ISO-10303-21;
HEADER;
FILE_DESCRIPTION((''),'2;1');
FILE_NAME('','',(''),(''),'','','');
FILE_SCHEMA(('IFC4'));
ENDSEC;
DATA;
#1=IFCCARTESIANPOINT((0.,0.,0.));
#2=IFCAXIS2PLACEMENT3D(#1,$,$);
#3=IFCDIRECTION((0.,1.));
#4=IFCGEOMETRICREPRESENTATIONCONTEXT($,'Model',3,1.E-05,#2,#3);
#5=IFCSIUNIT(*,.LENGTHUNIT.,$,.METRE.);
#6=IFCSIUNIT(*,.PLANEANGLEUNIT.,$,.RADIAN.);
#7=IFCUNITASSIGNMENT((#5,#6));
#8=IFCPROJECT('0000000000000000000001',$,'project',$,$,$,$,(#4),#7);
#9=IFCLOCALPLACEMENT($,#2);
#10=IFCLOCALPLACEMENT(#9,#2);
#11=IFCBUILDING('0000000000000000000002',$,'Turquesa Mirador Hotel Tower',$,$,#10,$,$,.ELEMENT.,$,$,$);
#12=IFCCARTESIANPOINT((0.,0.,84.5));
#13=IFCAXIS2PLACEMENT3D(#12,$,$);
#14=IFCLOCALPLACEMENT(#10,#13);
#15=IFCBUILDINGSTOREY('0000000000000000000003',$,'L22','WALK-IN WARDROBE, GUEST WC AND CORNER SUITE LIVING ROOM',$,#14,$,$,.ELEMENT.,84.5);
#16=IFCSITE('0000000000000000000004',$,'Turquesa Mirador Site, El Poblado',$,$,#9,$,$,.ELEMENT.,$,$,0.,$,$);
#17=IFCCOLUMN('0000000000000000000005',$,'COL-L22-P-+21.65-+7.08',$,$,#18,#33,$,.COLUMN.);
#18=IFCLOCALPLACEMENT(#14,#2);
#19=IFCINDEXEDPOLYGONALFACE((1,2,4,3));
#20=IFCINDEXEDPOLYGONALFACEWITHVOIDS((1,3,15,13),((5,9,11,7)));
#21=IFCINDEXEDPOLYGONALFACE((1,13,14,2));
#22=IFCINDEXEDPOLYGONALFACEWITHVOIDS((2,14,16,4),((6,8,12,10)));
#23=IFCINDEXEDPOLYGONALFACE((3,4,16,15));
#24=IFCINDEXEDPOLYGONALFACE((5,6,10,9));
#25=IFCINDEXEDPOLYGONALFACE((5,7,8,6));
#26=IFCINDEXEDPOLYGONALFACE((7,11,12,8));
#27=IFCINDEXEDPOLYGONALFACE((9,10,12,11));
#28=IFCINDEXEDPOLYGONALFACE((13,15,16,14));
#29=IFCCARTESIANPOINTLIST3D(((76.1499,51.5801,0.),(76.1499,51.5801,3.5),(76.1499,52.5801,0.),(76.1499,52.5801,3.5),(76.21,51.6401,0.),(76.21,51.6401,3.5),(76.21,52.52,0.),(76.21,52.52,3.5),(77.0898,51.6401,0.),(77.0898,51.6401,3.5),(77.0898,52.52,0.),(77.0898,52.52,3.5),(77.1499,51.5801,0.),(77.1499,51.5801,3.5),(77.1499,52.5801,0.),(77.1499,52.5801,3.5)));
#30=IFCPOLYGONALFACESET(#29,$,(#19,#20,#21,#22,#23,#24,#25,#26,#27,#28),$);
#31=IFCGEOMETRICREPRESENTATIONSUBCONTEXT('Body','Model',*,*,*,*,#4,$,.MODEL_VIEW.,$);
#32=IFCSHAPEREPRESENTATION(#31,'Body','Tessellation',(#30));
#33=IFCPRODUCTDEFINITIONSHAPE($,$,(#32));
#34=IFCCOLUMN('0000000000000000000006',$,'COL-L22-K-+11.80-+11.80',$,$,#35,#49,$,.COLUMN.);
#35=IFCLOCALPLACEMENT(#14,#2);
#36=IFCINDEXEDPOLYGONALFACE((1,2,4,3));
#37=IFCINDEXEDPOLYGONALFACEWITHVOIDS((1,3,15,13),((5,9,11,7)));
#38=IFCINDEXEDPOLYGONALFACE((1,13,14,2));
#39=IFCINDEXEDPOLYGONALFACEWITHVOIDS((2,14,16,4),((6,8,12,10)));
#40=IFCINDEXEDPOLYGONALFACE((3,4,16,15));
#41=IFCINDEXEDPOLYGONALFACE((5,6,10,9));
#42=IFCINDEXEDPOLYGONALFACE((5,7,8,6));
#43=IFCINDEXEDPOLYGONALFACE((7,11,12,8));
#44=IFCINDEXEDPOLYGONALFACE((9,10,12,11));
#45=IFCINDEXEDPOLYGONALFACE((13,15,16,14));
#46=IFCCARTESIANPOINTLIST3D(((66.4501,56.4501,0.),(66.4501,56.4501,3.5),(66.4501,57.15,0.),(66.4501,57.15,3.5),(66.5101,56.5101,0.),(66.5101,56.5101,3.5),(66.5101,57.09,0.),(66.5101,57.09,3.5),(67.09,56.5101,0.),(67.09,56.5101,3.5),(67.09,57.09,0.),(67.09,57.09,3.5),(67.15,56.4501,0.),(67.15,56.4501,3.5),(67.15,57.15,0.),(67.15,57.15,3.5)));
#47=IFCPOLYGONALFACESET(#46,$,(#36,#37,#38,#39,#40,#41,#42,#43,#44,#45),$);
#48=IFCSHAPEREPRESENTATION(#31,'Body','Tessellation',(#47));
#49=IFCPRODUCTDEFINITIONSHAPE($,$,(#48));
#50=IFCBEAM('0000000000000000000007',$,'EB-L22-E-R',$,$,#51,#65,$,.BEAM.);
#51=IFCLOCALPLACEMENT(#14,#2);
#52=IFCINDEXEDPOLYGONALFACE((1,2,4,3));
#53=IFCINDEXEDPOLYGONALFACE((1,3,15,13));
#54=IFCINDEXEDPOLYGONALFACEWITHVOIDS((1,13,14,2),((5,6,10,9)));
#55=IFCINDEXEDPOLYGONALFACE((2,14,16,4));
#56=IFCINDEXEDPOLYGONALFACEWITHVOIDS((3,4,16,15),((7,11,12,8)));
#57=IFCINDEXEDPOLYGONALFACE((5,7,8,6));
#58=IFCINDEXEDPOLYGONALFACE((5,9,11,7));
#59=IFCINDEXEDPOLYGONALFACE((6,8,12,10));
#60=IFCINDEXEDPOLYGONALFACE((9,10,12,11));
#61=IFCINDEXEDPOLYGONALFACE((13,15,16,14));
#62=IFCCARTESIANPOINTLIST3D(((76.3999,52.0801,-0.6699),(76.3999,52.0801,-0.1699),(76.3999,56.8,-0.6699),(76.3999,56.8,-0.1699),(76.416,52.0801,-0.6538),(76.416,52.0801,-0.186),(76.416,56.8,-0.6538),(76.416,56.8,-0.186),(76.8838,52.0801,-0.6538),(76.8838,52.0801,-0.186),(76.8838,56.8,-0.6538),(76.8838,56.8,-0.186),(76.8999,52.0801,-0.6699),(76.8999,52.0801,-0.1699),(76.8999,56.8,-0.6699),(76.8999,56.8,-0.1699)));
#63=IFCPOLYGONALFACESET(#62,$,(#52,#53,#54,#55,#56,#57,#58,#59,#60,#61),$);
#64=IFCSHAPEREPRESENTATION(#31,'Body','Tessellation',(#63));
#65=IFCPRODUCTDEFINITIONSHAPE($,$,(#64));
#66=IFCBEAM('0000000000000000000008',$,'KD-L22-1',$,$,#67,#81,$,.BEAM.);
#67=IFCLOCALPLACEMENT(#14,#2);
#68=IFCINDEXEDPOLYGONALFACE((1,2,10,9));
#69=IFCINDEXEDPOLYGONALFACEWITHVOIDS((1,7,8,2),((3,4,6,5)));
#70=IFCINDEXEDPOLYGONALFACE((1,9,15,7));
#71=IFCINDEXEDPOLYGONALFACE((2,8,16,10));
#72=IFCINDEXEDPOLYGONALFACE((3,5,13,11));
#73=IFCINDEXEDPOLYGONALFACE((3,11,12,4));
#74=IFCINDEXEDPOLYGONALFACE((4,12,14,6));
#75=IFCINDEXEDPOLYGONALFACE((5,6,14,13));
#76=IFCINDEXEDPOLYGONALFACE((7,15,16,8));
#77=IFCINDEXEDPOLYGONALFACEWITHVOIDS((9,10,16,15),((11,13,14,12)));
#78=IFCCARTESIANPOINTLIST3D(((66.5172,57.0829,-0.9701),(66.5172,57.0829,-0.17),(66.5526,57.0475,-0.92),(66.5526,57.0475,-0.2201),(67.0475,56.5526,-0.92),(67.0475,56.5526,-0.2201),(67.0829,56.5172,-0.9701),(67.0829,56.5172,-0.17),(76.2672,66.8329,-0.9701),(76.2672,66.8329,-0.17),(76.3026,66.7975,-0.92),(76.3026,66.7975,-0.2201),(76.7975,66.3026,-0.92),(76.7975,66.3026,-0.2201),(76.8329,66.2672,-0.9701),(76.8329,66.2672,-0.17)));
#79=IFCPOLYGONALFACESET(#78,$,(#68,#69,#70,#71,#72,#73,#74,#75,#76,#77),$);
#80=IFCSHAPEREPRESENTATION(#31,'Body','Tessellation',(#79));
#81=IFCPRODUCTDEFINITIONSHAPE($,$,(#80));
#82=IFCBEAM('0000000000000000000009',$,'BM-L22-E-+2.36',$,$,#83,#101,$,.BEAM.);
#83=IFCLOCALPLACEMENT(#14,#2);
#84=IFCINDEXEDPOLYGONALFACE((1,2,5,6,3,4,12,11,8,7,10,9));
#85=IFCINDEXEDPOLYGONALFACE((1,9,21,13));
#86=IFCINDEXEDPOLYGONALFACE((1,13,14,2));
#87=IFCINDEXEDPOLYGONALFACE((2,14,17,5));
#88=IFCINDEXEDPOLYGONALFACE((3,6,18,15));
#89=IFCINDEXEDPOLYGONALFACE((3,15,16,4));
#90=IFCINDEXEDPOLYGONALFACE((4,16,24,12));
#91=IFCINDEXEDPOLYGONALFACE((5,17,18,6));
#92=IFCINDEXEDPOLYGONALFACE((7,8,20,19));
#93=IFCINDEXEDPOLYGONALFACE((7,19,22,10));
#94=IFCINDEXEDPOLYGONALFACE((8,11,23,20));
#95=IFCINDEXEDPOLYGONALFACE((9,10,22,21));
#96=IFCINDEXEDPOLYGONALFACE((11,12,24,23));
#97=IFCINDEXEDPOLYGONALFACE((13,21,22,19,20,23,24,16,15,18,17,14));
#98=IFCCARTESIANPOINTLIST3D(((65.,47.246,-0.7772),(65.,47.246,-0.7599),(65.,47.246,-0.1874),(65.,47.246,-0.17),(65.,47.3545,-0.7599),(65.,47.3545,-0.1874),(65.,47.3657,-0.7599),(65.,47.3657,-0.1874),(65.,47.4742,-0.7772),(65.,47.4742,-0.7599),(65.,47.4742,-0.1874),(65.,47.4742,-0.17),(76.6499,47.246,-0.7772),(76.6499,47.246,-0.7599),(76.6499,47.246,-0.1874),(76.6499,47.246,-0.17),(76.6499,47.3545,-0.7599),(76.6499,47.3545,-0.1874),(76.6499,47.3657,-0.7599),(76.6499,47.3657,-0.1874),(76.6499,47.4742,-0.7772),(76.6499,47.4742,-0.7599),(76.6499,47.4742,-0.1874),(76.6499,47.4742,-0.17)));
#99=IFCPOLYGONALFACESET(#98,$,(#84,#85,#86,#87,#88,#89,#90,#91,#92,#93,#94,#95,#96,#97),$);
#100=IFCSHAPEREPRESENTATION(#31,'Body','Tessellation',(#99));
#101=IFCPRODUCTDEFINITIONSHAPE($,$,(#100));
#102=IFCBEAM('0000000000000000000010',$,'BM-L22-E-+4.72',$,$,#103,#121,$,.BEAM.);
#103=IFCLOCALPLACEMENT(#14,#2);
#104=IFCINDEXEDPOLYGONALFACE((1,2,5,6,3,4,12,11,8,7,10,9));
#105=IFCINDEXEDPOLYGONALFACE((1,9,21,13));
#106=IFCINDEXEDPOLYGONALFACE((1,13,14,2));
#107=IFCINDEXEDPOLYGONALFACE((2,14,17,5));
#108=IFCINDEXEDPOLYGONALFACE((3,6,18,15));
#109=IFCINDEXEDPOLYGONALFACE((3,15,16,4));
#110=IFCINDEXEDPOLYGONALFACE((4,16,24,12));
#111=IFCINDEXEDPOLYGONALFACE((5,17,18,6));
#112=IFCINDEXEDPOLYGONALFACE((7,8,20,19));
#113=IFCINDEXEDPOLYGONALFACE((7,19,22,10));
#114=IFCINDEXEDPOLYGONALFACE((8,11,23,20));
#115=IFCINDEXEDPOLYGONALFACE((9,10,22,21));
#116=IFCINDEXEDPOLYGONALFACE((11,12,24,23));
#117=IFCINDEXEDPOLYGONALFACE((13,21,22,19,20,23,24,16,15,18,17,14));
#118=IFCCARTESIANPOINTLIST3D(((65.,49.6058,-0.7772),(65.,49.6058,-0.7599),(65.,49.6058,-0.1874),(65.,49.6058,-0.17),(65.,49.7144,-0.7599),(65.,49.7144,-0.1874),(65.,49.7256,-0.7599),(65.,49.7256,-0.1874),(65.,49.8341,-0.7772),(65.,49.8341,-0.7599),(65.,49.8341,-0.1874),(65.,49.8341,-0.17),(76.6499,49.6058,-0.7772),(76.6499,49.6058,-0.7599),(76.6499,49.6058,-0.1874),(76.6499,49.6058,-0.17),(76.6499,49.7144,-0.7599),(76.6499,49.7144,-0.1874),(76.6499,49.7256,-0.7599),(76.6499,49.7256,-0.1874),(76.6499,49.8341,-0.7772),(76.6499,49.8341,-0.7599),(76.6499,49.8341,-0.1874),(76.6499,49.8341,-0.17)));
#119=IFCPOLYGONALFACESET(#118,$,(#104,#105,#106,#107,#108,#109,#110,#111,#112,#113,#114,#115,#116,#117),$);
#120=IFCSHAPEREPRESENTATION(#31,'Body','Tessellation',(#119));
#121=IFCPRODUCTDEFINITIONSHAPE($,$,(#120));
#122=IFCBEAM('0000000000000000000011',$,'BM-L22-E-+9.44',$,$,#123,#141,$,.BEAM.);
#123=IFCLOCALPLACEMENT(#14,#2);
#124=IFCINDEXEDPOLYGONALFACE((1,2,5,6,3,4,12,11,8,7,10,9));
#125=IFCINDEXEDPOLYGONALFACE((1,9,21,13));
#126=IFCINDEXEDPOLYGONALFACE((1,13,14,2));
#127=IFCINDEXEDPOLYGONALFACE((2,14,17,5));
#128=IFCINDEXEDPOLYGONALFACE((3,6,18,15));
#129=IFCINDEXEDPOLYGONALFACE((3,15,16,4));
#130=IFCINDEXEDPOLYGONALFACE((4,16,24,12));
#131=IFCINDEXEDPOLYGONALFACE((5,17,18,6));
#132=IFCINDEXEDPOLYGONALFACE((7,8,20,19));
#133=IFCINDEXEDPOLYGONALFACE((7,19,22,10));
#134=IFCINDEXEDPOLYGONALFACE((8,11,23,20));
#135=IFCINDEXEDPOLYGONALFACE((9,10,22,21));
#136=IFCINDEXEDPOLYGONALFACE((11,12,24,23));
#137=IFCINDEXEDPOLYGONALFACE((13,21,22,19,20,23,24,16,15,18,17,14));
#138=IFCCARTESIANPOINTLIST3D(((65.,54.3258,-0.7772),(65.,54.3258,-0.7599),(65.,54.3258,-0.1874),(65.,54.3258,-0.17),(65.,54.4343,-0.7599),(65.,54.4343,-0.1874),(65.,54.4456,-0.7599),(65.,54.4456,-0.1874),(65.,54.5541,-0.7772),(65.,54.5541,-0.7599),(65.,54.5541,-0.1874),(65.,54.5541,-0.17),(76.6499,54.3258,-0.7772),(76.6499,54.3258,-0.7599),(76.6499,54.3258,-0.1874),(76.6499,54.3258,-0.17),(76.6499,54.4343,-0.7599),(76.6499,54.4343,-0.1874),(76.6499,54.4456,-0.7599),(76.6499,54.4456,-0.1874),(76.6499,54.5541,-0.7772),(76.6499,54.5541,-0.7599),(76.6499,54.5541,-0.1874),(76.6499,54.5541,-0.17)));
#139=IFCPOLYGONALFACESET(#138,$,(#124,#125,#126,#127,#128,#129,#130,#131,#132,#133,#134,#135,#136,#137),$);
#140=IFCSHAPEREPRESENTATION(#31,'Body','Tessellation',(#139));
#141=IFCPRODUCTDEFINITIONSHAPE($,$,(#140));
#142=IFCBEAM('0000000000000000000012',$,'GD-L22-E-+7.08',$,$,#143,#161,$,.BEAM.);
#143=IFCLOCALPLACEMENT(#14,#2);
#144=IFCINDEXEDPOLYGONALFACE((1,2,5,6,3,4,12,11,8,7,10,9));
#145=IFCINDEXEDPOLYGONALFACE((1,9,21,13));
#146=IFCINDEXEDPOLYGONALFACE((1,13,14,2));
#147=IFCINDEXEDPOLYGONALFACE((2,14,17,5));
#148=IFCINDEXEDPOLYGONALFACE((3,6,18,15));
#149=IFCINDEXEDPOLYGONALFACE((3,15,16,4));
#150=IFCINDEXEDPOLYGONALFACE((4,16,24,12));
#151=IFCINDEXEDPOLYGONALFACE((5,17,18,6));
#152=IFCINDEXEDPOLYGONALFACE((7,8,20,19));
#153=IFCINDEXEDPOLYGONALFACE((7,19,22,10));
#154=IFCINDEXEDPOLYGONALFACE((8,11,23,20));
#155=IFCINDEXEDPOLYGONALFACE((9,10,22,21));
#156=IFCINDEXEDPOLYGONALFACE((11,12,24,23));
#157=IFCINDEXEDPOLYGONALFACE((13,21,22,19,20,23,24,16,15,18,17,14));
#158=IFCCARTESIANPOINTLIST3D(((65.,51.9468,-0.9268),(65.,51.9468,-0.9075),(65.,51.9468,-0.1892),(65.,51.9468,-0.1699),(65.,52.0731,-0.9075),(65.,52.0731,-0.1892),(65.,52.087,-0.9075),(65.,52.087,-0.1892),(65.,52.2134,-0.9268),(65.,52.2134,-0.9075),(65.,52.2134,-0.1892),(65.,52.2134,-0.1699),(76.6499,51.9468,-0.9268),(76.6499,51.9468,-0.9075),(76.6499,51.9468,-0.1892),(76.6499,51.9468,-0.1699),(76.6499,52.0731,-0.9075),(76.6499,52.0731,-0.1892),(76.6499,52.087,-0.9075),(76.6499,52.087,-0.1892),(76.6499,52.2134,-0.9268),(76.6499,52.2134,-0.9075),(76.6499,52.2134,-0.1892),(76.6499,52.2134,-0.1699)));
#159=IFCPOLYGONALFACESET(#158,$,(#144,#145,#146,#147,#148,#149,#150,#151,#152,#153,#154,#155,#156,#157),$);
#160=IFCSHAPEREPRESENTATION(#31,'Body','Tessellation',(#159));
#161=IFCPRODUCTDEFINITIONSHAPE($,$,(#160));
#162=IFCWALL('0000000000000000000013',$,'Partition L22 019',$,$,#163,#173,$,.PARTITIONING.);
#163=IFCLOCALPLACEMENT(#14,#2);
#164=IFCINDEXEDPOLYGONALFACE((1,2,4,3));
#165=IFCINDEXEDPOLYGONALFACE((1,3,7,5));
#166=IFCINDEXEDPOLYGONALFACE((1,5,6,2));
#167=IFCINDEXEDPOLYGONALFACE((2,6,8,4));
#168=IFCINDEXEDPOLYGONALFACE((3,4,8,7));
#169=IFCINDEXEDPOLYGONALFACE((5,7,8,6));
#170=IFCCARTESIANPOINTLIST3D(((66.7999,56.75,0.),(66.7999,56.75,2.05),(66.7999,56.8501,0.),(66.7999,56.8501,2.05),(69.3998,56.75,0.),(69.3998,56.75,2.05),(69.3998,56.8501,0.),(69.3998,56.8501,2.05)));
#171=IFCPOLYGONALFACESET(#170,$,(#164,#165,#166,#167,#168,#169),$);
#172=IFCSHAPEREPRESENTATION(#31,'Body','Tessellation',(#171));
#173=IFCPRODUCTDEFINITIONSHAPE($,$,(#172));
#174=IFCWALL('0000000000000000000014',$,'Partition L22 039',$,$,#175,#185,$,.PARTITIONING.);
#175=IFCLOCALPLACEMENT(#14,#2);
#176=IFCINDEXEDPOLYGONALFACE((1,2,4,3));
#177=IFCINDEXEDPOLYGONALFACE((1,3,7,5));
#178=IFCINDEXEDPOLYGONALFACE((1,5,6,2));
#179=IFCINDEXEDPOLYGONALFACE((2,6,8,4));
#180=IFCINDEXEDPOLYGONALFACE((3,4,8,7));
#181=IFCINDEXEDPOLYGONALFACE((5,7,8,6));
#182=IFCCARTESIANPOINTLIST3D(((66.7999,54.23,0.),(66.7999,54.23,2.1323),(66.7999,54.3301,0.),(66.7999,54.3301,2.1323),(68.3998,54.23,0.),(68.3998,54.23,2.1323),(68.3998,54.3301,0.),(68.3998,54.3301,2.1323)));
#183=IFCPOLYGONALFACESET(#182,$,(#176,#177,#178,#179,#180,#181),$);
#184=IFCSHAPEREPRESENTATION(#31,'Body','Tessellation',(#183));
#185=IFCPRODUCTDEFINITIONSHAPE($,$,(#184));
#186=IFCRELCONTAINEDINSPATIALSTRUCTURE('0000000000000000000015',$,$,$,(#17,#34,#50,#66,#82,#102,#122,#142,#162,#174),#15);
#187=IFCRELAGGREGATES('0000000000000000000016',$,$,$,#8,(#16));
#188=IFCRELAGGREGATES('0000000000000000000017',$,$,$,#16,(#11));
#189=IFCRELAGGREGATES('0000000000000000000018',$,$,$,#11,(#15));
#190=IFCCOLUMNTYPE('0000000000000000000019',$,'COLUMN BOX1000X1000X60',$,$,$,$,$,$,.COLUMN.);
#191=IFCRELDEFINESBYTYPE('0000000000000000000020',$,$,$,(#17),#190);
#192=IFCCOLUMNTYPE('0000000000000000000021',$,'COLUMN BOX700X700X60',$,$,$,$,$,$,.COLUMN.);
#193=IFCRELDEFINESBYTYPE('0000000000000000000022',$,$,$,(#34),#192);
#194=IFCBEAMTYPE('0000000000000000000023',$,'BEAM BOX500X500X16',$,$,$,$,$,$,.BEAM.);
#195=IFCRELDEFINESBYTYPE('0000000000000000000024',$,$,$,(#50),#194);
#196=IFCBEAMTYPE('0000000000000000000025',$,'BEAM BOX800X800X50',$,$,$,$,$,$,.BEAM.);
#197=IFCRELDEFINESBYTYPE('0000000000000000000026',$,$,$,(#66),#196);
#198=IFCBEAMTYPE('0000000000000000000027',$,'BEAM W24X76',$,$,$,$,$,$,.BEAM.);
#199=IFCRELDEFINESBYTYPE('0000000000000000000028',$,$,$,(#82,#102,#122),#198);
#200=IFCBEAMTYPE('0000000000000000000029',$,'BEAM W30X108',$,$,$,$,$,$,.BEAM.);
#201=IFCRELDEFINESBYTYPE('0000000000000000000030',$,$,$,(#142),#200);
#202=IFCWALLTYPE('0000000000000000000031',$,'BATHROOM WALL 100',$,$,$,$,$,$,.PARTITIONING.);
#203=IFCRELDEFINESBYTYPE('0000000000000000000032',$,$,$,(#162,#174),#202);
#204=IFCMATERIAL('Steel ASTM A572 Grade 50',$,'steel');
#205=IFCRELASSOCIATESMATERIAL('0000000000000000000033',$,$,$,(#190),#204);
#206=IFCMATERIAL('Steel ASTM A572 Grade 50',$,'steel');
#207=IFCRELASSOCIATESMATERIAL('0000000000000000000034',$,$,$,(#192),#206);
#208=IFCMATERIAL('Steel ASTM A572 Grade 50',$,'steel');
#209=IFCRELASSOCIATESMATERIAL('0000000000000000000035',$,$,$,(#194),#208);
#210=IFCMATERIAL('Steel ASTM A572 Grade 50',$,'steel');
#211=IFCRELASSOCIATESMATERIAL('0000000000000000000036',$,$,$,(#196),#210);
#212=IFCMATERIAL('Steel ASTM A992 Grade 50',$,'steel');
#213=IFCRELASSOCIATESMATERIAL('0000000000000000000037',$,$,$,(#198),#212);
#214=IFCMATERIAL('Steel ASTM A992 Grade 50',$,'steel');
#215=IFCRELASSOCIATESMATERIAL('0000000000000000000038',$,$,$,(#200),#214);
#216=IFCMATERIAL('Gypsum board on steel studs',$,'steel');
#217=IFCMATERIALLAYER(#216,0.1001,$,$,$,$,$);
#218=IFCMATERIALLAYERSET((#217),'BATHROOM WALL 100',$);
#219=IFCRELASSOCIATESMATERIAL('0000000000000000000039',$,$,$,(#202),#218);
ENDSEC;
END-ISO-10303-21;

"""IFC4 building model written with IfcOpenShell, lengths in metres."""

from ifc_helpers import new_model, si_unit, direction, frame, frame_2d, origin, origin_2d, place, context, subcontext, project, spatial, rectangle, hollow_rectangle, i_section, extrude, material, layer, layer_set, material_profile, profile_set, type_object, element, save


model = new_model("IFC4")

# Units and contexts
model_context = context("Model", 3, precision=1e-05, world=origin(), true_north=direction((0.0, 1.0)))
body_context = subcontext(model_context, "Body", "Model", "MODEL_VIEW")
ifc_project = project(units=[si_unit("LENGTHUNIT", "METRE"), si_unit("PLANEANGLEUNIT", "RADIAN")], contexts=[model_context])

# Site, building, storey
site_placement = place(None, origin())
site = spatial("IfcSite", under=ifc_project, at=site_placement, Name="Turquesa Mirador Site, El Poblado", CompositionType="ELEMENT", RefElevation=0.0)
building_placement = place(site_placement, origin())
building = spatial("IfcBuilding", under=site, at=building_placement, Name="Turquesa Mirador Hotel Tower", CompositionType="ELEMENT")
storey_placement = place(building_placement, frame((0.0, 0.0, 84.5)))
storey = spatial("IfcBuildingStorey", under=building, at=storey_placement, Name="L22", Description="WALK-IN WARDROBE, GUEST WC AND CORNER SUITE LIVING ROOM", CompositionType="ELEMENT", Elevation=84.5)

# Columns
ifc_material_1 = material(Name="Steel ASTM A572 Grade 50", Category="steel")
ifc_material_profile_1 = material_profile(ifc_material_1, hollow_rectangle(XDim=1.0, YDim=1.0, WallThickness=0.0601, at=origin_2d()), Name="BOX1000X1000X60")
ifc_profile_set_1 = profile_set([ifc_material_profile_1], Name="Steel ASTM A572 Grade 50")
column_type_1 = type_object("IfcColumnType", Name="COLUMN BOX1000X1000X60", PredefinedType="COLUMN", material=ifc_profile_set_1)
column_1_placement = place(storey_placement, frame((76.6499, 52.0801, 0.0), z_axis=(0.0, 0.0, 1.0), x_axis=(1.0, 0.0, 0.0)))
element("IfcColumn", 1, at=column_1_placement, inside=storey, type_object=column_type_1, Name="COL-L22-P-+21.65-+7.08", PredefinedType="COLUMN", context=body_context, shape_type="SweptSolid", body=[
    extrude(hollow_rectangle(XDim=1.0, YDim=1.0, WallThickness=0.0601, at=origin_2d()), origin(), (0.0, 0.0, 1.0), 3.5),
])
ifc_material_2 = material(Name="Steel ASTM A572 Grade 50", Category="steel")
ifc_material_profile_2 = material_profile(ifc_material_2, hollow_rectangle(XDim=0.7, YDim=0.7, WallThickness=0.0601, at=origin_2d()), Name="BOX700X700X60")
ifc_profile_set_2 = profile_set([ifc_material_profile_2], Name="Steel ASTM A572 Grade 50")
column_type_2 = type_object("IfcColumnType", Name="COLUMN BOX700X700X60", PredefinedType="COLUMN", material=ifc_profile_set_2)
column_2_placement = place(storey_placement, frame((66.8, 56.8, 0.0), z_axis=(0.0, 0.0, 1.0), x_axis=(1.0, 0.0, 0.0)))
element("IfcColumn", 2, at=column_2_placement, inside=storey, type_object=column_type_2, Name="COL-L22-K-+11.80-+11.80", PredefinedType="COLUMN", context=body_context, shape_type="SweptSolid", body=[
    extrude(hollow_rectangle(XDim=0.7, YDim=0.7, WallThickness=0.0601, at=origin_2d()), origin(), (0.0, 0.0, 1.0), 3.5),
])

# Beams
ifc_material_3 = material(Name="Steel ASTM A572 Grade 50", Category="steel")
ifc_material_profile_3 = material_profile(ifc_material_3, hollow_rectangle(XDim=0.5, YDim=0.5, WallThickness=0.0161, at=origin_2d()), Name="BOX500X500X16")
ifc_profile_set_3 = profile_set([ifc_material_profile_3], Name="Steel ASTM A572 Grade 50")
beam_type_1 = type_object("IfcBeamType", Name="BEAM BOX500X500X16", PredefinedType="BEAM", material=ifc_profile_set_3)
beam_1_placement = place(storey_placement, frame((76.6499, 52.0801, -0.4199), z_axis=(0.0, 1.0, 0.0), x_axis=(-1.0, 0.0, 0.0)))
element("IfcBeam", 3, at=beam_1_placement, inside=storey, type_object=beam_type_1, Name="EB-L22-E-R", PredefinedType="BEAM", context=body_context, shape_type="SweptSolid", body=[
    extrude(hollow_rectangle(XDim=0.5, YDim=0.5, WallThickness=0.0161, at=origin_2d()), origin(), (0.0, 0.0, 1.0), 4.72),
])
ifc_material_4 = material(Name="Steel ASTM A572 Grade 50", Category="steel")
ifc_material_profile_4 = material_profile(ifc_material_4, hollow_rectangle(XDim=0.8, YDim=0.8, WallThickness=0.05, at=origin_2d()), Name="BOX800X800X50")
ifc_profile_set_4 = profile_set([ifc_material_profile_4], Name="Steel ASTM A572 Grade 50")
beam_type_2 = type_object("IfcBeamType", Name="BEAM BOX800X800X50", PredefinedType="BEAM", material=ifc_profile_set_4)
beam_2_placement = place(storey_placement, frame((66.8, 56.8, -0.5701), z_axis=(0.707107, 0.707107, 0.0), x_axis=(-0.707107, 0.707107, 0.0)))
element("IfcBeam", 4, at=beam_2_placement, inside=storey, type_object=beam_type_2, Name="KD-L22-1", PredefinedType="BEAM", context=body_context, shape_type="SweptSolid", body=[
    extrude(hollow_rectangle(XDim=0.8, YDim=0.8, WallThickness=0.05, at=origin_2d()), origin(), (0.0, 0.0, 1.0), 13.7886),
])
ifc_material_5 = material(Name="Steel ASTM A992 Grade 50", Category="steel")
ifc_material_profile_5 = material_profile(ifc_material_5, i_section(OverallWidth=0.2283, OverallDepth=0.6072, WebThickness=0.0112, FlangeThickness=0.0173, at=origin_2d()), Name="W24X76")
ifc_profile_set_5 = profile_set([ifc_material_profile_5], Name="Steel ASTM A992 Grade 50")
beam_type_3 = type_object("IfcBeamType", Name="BEAM W24X76", PredefinedType="BEAM", material=ifc_profile_set_5)
for number, where, z_axis, x_axis, name in (
    (5, (76.6499, 47.3601, -0.4736), (-1.0, 0.0, 0.0), (0.0, -1.0, 0.0), "BM-L22-E-+2.36"),
    (6, (76.6499, 49.72, -0.4736), (-1.0, 0.0, 0.0), (0.0, -1.0, 0.0), "BM-L22-E-+4.72"),
    (7, (76.6499, 54.4399, -0.4736), (-1.0, 0.0, 0.0), (0.0, -1.0, 0.0), "BM-L22-E-+9.44"),
):
    element("IfcBeam", number, at=place(storey_placement, frame(where, z_axis=z_axis, x_axis=x_axis)), inside=storey, type_object=beam_type_3, Name=name, PredefinedType="BEAM", context=body_context, shape_type="SweptSolid", body=[
        extrude(i_section(OverallWidth=0.2283, OverallDepth=0.6072, WebThickness=0.0112, FlangeThickness=0.0173, at=origin_2d()), origin(), (0.0, 0.0, 1.0), 11.6499),
    ])
ifc_material_6 = material(Name="Steel ASTM A992 Grade 50", Category="steel")
ifc_material_profile_6 = material_profile(ifc_material_6, i_section(OverallWidth=0.2666, OverallDepth=0.7568, WebThickness=0.0139, FlangeThickness=0.0193, at=origin_2d()), Name="W30X108")
ifc_profile_set_6 = profile_set([ifc_material_profile_6], Name="Steel ASTM A992 Grade 50")
beam_type_4 = type_object("IfcBeamType", Name="BEAM W30X108", PredefinedType="BEAM", material=ifc_profile_set_6)
beam_3_placement = place(storey_placement, frame((76.6499, 52.0801, -0.5483), z_axis=(-1.0, 0.0, 0.0), x_axis=(0.0, -1.0, 0.0)))
element("IfcBeam", 8, at=beam_3_placement, inside=storey, type_object=beam_type_4, Name="GD-L22-E-+7.08", PredefinedType="BEAM", context=body_context, shape_type="SweptSolid", body=[
    extrude(i_section(OverallWidth=0.2666, OverallDepth=0.7568, WebThickness=0.0139, FlangeThickness=0.0193, at=origin_2d()), origin(), (0.0, 0.0, 1.0), 11.6499),
])

# Walls
ifc_material_7 = material(Name="Gypsum board on steel studs", Category="steel")
ifc_layer_1 = layer(ifc_material_7, 0.1001)
ifc_layer_set_1 = layer_set([ifc_layer_1], Name="BATHROOM WALL 100")
wall_type_1 = type_object("IfcWallType", Name="BATHROOM WALL 100", PredefinedType="PARTITIONING", material=ifc_layer_set_1)
wall_1_placement = place(storey_placement, frame((66.8, 56.8, 0.0), z_axis=(0.0, 0.0, 1.0), x_axis=(1.0, 0.0, 0.0)))
element("IfcWall", 9, at=wall_1_placement, inside=storey, type_object=wall_type_1, Name="Partition L22 019", PredefinedType="PARTITIONING", context=body_context, shape_type="SweptSolid", body=[
    extrude(rectangle(XDim=2.5999, YDim=0.1001, at=frame_2d((1.2998, 0.0))), origin(), (0.0, 0.0, 1.0), 2.05),
])
wall_2_placement = place(storey_placement, frame((66.8, 54.28, 0.0), z_axis=(0.0, 0.0, 1.0), x_axis=(1.0, 0.0, 0.0)))
element("IfcWall", 10, at=wall_2_placement, inside=storey, type_object=wall_type_1, Name="Partition L22 039", PredefinedType="PARTITIONING", context=body_context, shape_type="SweptSolid", body=[
    extrude(rectangle(XDim=1.5999, YDim=0.1001, at=frame_2d((0.7998, 0.0))), origin(), (0.0, 0.0, 1.0), 2.1323),
])

save(model, "model.ifc")
